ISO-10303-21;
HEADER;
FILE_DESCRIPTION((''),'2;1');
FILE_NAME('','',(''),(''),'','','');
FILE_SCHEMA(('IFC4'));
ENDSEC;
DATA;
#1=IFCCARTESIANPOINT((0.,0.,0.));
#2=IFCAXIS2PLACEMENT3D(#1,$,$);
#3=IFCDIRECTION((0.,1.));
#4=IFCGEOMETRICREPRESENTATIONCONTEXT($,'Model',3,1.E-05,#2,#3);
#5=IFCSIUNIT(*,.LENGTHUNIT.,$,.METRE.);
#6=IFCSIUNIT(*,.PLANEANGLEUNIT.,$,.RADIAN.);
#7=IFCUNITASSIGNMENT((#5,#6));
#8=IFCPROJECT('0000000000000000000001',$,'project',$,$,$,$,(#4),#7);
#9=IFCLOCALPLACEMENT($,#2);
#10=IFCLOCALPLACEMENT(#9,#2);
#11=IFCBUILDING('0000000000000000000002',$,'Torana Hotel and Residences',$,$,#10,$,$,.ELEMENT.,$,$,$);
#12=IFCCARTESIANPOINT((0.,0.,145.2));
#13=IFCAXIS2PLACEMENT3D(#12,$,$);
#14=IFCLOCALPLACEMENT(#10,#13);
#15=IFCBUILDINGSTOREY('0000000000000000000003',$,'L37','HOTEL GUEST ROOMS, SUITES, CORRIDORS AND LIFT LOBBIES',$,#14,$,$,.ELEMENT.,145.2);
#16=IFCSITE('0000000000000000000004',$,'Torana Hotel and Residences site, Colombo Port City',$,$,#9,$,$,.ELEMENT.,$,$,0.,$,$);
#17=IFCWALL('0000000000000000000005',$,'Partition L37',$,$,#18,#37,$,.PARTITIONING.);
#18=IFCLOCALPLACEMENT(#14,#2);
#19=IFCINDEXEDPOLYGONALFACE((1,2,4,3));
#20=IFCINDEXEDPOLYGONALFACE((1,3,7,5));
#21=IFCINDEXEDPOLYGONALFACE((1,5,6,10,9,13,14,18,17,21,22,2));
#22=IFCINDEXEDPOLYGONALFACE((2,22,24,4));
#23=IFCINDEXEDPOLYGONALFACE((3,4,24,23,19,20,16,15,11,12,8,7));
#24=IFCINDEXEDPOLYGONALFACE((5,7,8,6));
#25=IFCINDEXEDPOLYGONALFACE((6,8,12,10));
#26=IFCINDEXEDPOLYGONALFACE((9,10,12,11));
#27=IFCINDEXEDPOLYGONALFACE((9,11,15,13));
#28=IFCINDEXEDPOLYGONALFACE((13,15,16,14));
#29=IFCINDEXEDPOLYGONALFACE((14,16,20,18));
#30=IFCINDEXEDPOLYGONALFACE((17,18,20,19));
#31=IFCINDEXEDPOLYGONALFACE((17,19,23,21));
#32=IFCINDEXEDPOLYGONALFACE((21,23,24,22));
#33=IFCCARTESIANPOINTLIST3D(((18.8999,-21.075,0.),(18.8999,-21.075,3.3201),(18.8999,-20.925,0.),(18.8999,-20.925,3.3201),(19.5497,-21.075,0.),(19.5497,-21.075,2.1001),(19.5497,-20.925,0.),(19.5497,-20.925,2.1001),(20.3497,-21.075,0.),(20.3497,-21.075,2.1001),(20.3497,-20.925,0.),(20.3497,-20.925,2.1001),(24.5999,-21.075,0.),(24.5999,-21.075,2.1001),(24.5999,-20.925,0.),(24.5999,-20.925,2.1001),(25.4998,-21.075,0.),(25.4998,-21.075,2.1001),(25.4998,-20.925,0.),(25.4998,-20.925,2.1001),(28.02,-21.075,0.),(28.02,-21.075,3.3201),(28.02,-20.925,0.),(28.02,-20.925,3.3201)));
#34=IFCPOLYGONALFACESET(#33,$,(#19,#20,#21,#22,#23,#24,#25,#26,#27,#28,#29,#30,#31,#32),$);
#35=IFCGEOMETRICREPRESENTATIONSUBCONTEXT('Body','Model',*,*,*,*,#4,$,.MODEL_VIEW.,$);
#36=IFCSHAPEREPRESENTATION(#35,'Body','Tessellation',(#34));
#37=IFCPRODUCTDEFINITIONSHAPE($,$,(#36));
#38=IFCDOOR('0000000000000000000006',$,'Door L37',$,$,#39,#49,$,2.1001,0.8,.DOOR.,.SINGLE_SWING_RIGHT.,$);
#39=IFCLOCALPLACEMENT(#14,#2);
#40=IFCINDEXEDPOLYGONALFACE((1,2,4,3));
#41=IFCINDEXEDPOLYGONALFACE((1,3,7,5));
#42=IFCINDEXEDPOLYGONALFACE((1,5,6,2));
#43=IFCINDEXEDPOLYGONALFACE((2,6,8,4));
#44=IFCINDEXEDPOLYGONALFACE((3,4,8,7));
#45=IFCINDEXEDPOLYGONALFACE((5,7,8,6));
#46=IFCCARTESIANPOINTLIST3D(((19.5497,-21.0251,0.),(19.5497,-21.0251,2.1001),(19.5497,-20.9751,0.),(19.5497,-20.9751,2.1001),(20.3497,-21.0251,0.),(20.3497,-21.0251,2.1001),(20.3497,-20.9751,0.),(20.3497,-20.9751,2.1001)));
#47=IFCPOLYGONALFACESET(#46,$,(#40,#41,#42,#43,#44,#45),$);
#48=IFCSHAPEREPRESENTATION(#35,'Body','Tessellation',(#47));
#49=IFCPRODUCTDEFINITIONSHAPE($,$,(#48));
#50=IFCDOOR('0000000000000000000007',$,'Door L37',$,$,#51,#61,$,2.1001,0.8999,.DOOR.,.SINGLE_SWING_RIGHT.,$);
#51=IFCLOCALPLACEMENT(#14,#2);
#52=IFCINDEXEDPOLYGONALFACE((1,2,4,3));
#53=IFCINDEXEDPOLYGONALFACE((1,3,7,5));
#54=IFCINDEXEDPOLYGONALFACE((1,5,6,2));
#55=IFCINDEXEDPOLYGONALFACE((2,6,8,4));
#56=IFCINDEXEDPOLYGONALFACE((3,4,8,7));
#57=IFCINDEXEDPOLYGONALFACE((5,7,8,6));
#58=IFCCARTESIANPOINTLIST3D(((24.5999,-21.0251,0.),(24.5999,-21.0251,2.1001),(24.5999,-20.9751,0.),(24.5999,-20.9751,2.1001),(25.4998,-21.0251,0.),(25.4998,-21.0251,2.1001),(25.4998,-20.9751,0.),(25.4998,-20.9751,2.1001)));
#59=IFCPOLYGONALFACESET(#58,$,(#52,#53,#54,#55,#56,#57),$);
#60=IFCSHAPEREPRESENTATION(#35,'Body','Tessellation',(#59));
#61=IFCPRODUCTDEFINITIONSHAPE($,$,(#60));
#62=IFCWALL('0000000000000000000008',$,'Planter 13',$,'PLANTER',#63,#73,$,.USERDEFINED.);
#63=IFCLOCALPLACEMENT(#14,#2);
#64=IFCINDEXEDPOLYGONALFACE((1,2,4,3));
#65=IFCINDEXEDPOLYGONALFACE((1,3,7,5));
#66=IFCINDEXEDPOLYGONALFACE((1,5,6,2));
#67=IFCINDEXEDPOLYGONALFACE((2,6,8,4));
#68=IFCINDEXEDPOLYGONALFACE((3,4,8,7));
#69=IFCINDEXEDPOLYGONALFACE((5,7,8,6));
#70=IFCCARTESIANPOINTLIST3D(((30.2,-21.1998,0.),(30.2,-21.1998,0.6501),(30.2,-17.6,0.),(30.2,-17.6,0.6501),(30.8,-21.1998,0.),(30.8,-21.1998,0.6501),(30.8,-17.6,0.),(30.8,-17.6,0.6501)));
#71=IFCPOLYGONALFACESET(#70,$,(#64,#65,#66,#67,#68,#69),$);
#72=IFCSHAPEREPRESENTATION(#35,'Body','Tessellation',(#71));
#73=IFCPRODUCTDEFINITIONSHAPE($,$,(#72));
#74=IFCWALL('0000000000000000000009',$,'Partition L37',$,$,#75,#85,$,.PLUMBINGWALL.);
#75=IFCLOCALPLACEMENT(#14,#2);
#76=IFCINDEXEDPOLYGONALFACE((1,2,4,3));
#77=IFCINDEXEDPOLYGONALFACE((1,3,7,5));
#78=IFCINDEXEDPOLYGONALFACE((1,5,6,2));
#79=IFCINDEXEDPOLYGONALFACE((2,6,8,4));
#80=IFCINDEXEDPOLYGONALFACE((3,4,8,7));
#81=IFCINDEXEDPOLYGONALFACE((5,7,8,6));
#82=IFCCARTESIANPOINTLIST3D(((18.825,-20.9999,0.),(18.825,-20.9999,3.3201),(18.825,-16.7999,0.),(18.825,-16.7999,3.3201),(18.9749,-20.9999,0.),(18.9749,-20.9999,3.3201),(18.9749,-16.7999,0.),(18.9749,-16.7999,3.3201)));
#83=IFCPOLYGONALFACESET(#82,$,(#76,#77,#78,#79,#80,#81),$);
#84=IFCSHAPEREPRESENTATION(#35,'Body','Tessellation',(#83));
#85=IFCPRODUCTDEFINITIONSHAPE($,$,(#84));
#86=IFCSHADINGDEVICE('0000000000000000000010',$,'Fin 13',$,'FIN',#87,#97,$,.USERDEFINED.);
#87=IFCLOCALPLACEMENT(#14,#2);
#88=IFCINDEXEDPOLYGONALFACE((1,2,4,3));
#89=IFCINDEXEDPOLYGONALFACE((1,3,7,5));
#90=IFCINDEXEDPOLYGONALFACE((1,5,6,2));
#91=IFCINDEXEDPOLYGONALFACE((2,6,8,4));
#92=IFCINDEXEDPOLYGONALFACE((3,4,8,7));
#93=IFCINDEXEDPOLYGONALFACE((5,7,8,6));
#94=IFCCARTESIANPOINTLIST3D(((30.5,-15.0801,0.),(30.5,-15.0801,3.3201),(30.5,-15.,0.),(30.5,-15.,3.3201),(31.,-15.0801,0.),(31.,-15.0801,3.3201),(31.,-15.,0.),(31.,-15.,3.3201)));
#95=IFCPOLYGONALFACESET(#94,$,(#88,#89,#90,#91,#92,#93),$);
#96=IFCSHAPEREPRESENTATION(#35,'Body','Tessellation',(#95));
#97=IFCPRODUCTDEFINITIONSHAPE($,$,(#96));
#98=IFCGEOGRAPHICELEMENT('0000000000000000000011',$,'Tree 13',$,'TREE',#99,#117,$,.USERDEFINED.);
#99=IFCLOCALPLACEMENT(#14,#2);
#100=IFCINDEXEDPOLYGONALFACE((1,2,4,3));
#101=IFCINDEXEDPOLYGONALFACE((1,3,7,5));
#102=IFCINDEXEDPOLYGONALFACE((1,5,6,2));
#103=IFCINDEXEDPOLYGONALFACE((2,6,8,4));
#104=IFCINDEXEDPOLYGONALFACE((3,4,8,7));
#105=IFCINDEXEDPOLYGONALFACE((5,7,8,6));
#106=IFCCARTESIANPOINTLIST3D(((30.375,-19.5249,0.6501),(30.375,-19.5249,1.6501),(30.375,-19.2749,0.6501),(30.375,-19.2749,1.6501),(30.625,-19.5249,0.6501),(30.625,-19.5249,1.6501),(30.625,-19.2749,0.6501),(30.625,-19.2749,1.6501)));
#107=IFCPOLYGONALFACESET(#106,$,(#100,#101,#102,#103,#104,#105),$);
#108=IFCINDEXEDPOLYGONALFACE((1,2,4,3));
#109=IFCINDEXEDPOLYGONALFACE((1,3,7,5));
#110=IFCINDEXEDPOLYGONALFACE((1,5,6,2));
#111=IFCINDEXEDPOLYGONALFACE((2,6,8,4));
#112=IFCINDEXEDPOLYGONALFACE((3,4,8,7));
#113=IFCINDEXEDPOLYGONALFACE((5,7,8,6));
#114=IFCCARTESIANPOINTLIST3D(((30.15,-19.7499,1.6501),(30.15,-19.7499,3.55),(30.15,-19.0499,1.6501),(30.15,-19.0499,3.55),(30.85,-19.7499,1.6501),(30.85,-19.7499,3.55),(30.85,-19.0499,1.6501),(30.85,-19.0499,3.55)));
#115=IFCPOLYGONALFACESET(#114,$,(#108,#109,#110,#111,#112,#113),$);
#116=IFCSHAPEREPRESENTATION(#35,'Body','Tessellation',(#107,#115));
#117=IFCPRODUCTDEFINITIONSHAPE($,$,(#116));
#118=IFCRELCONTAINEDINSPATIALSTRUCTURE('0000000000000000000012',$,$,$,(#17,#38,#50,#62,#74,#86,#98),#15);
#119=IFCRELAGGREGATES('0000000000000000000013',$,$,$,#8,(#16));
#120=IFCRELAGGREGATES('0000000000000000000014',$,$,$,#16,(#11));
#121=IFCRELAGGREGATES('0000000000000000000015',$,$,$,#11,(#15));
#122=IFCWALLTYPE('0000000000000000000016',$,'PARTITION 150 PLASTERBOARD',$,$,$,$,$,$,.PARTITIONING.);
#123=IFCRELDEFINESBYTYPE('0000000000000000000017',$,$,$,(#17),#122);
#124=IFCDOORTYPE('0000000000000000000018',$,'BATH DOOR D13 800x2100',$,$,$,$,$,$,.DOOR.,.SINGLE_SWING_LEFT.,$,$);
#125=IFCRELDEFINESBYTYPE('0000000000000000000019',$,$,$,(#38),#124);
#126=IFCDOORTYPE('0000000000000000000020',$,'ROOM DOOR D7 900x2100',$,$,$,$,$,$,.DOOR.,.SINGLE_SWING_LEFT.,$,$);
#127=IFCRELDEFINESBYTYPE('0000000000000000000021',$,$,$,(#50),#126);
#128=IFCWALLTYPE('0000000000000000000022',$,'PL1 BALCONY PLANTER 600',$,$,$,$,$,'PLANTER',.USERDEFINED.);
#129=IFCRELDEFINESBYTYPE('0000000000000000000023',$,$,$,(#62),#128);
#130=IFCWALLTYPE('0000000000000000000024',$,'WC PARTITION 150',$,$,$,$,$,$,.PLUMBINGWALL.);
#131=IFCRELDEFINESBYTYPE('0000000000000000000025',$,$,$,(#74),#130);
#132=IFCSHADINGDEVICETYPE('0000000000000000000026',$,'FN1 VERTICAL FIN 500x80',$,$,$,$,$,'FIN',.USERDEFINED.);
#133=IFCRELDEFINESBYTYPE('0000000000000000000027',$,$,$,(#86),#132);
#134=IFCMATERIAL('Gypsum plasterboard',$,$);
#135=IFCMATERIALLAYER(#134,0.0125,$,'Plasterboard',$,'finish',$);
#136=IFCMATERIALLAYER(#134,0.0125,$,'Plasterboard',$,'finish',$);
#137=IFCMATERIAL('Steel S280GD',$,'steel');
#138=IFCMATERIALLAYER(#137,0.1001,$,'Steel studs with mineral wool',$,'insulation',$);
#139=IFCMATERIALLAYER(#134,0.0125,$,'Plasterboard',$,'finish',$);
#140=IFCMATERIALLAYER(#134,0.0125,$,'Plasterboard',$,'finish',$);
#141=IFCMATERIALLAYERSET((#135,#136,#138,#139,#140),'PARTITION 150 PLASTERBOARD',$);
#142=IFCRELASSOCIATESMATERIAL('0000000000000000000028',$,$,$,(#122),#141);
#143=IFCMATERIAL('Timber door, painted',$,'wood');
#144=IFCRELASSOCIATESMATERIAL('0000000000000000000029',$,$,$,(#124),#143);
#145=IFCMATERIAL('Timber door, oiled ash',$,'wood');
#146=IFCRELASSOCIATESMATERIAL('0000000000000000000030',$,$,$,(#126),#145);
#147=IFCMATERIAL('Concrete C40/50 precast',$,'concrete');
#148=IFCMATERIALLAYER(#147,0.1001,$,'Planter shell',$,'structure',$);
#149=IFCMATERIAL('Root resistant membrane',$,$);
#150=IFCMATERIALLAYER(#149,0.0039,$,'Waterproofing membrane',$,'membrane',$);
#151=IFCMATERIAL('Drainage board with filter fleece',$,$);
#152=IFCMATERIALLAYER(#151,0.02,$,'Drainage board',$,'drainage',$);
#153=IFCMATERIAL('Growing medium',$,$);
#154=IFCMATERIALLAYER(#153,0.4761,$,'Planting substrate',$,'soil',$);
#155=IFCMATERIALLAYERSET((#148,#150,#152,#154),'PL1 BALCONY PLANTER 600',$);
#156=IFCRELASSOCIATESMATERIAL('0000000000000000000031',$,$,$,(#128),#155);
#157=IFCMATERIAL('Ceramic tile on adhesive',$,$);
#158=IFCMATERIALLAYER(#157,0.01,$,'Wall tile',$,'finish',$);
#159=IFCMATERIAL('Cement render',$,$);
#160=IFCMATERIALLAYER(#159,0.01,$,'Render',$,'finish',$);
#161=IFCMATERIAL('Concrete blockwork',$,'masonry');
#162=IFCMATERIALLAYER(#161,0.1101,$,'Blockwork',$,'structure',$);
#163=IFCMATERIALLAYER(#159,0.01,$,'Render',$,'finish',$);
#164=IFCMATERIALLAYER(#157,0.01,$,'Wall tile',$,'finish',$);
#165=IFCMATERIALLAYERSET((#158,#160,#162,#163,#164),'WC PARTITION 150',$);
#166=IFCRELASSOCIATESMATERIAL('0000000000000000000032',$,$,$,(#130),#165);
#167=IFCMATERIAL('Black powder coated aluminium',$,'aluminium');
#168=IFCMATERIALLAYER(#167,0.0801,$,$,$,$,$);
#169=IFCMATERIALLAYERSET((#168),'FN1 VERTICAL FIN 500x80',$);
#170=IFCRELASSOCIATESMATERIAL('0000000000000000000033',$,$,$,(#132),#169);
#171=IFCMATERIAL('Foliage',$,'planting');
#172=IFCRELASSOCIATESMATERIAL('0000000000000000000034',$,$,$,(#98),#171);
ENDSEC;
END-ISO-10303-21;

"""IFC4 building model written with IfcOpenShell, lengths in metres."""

from ifc_helpers import new_model, si_unit, direction, frame, frame_2d, origin, origin_2d, place, context, subcontext, project, spatial, rectangle, extrude, material, layer, layer_set, type_object, element, fill, save


model = new_model("IFC4")

# Units and contexts
model_context = context("Model", 3, precision=1e-05, world=origin(), true_north=direction((0.0, 1.0)))
body_context = subcontext(model_context, "Body", "Model", "MODEL_VIEW")
ifc_project = project(units=[si_unit("LENGTHUNIT", "METRE"), si_unit("PLANEANGLEUNIT", "RADIAN")], contexts=[model_context])

# Site, building, storey
site_placement = place(None, origin())
site = spatial("IfcSite", under=ifc_project, at=site_placement, Name="Torana Hotel and Residences site, Colombo Port City", CompositionType="ELEMENT", RefElevation=0.0)
building_placement = place(site_placement, origin())
building = spatial("IfcBuilding", under=site, at=building_placement, Name="Torana Hotel and Residences", CompositionType="ELEMENT")
storey_placement = place(building_placement, frame((0.0, 0.0, 145.2)))
storey = spatial("IfcBuildingStorey", under=building, at=storey_placement, Name="L37", Description="HOTEL GUEST ROOMS, SUITES, CORRIDORS AND LIFT LOBBIES", CompositionType="ELEMENT", Elevation=145.2)

# Shared definitions
ifc_material_1 = material(Name="Concrete blockwork", Category="masonry")

# Shared definitions
ifc_material_2 = material(Name="Gypsum plasterboard")
ifc_layer_1 = layer(ifc_material_2, 0.0125, Name="Plasterboard", Category="finish")
ifc_layer_2 = layer(ifc_material_2, 0.0125, Name="Plasterboard", Category="finish")
ifc_material_3 = material(Name="Steel S280GD", Category="steel")
ifc_layer_3 = layer(ifc_material_3, 0.1001, Name="Steel studs with mineral wool", Category="insulation")
ifc_layer_4 = layer(ifc_material_2, 0.0125, Name="Plasterboard", Category="finish")
ifc_layer_5 = layer(ifc_material_2, 0.0125, Name="Plasterboard", Category="finish")
ifc_layer_set_1 = layer_set([ifc_layer_1, ifc_layer_2, ifc_layer_3, ifc_layer_4, ifc_layer_5], Name="PARTITION 150 PLASTERBOARD")
wall_type_1 = type_object("IfcWallType", Name="PARTITION 150 PLASTERBOARD", PredefinedType="PARTITIONING", material=ifc_layer_set_1)

# Wall, openings, doors
wall_1_placement = place(storey_placement, frame((18.8999, -21.0, 0.0), z_axis=(0.0, 0.0, 1.0), x_axis=(1.0, 0.0, 0.0)))
wall_1 = element("IfcWall", 1, at=wall_1_placement, inside=storey, type_object=wall_type_1, Name="Partition L37", PredefinedType="PARTITIONING", context=body_context, shape_type="SweptSolid", body=[
    extrude(rectangle(XDim=9.1201, YDim=0.1499, at=frame_2d((4.5601, 0.0))), origin(), (0.0, 0.0, 1.0), 3.3201),
])
opening_1_placement = place(wall_1_placement, frame((0.6499, 0.0, 0.0)))
opening_1 = element("IfcOpeningElement", 2, at=opening_1_placement, cuts=wall_1, PredefinedType="OPENING", context=body_context, shape_type="SweptSolid", body=[
    extrude(rectangle(XDim=0.8, YDim=2.1001, at=frame_2d((0.3999, 1.05))), frame((0.0, 0.085, 0.0), z_axis=(0.0, -1.0, 0.0), x_axis=(1.0, 0.0, 0.0)), (0.0, 0.0, 1.0), 0.1699),
])
opening_2_placement = place(wall_1_placement, frame((5.7, 0.0, 0.0)))
opening_2 = element("IfcOpeningElement", 3, at=opening_2_placement, cuts=wall_1, PredefinedType="OPENING", context=body_context, shape_type="SweptSolid", body=[
    extrude(rectangle(XDim=0.8999, YDim=2.1001, at=frame_2d((0.45, 1.05))), frame((0.0, 0.085, 0.0), z_axis=(0.0, -1.0, 0.0), x_axis=(1.0, 0.0, 0.0)), (0.0, 0.0, 1.0), 0.1699),
])
ifc_material_4 = material(Name="Timber door, painted", Category="wood")
door_type_1 = type_object("IfcDoorType", Name="BATH DOOR D13 800x2100", OperationType="SINGLE_SWING_LEFT", PredefinedType="DOOR", material=ifc_material_4)
door_1_placement = place(opening_1_placement, origin())
door_1 = element("IfcDoor", 4, at=door_1_placement, inside=storey, type_object=door_type_1, Name="Door L37", OperationType="SINGLE_SWING_RIGHT", OverallHeight=2.1001, OverallWidth=0.8, PredefinedType="DOOR", context=body_context, shape_type="SweptSolid", body=[
    extrude(rectangle(XDim=0.8, YDim=2.1001, at=frame_2d((0.3999, 1.05))), frame((0.0, 0.0249, 0.0), z_axis=(0.0, -1.0, 0.0), x_axis=(1.0, 0.0, 0.0)), (0.0, 0.0, 1.0), 0.05),
])
fill(opening_1, door_1)
ifc_material_5 = material(Name="Timber door, oiled ash", Category="wood")
door_type_2 = type_object("IfcDoorType", Name="ROOM DOOR D7 900x2100", OperationType="SINGLE_SWING_LEFT", PredefinedType="DOOR", material=ifc_material_5)
door_2_placement = place(opening_2_placement, origin())
door_2 = element("IfcDoor", 5, at=door_2_placement, inside=storey, type_object=door_type_2, Name="Door L37", OperationType="SINGLE_SWING_RIGHT", OverallHeight=2.1001, OverallWidth=0.8999, PredefinedType="DOOR", context=body_context, shape_type="SweptSolid", body=[
    extrude(rectangle(XDim=0.8999, YDim=2.1001, at=frame_2d((0.45, 1.05))), frame((0.0, 0.0249, 0.0), z_axis=(0.0, -1.0, 0.0), x_axis=(1.0, 0.0, 0.0)), (0.0, 0.0, 1.0), 0.05),
])
fill(opening_2, door_2)

# Walls
ifc_material_6 = material(Name="Concrete C40/50 precast", Category="concrete")
ifc_layer_6 = layer(ifc_material_6, 0.1001, Name="Planter shell", Category="structure")
ifc_material_7 = material(Name="Root resistant membrane")
ifc_layer_7 = layer(ifc_material_7, 0.0039, Name="Waterproofing membrane", Category="membrane")
ifc_material_8 = material(Name="Drainage board with filter fleece")
ifc_layer_8 = layer(ifc_material_8, 0.02, Name="Drainage board", Category="drainage")
ifc_material_9 = material(Name="Growing medium")
ifc_layer_9 = layer(ifc_material_9, 0.4761, Name="Planting substrate", Category="soil")
ifc_layer_set_2 = layer_set([ifc_layer_6, ifc_layer_7, ifc_layer_8, ifc_layer_9], Name="PL1 BALCONY PLANTER 600")
wall_type_2 = type_object("IfcWallType", Name="PL1 BALCONY PLANTER 600", ElementType="PLANTER", PredefinedType="USERDEFINED", material=ifc_layer_set_2)
wall_2_placement = place(storey_placement, frame((30.5, -17.6001, 0.0), z_axis=(0.0, 0.0, 1.0), x_axis=(0.0, -1.0, 0.0)))
element("IfcWall", 6, at=wall_2_placement, inside=storey, type_object=wall_type_2, Name="Planter 13", ObjectType="PLANTER", PredefinedType="USERDEFINED", context=body_context, shape_type="SweptSolid", body=[
    extrude(rectangle(XDim=3.5999, YDim=0.6001, at=frame_2d((1.7998, 0.0))), origin(), (0.0, 0.0, 1.0), 0.6501),
])
ifc_material_10 = material(Name="Ceramic tile on adhesive")
ifc_layer_10 = layer(ifc_material_10, 0.01, Name="Wall tile", Category="finish")
ifc_material_11 = material(Name="Cement render")
ifc_layer_11 = layer(ifc_material_11, 0.01, Name="Render", Category="finish")
ifc_layer_12 = layer(ifc_material_1, 0.1101, Name="Blockwork", Category="structure")
ifc_layer_13 = layer(ifc_material_11, 0.01, Name="Render", Category="finish")
ifc_layer_14 = layer(ifc_material_10, 0.01, Name="Wall tile", Category="finish")
ifc_layer_set_3 = layer_set([ifc_layer_10, ifc_layer_11, ifc_layer_12, ifc_layer_13, ifc_layer_14], Name="WC PARTITION 150")
wall_type_3 = type_object("IfcWallType", Name="WC PARTITION 150", PredefinedType="PLUMBINGWALL", material=ifc_layer_set_3)
wall_3_placement = place(storey_placement, frame((18.8999, -21.0, 0.0), z_axis=(0.0, 0.0, 1.0), x_axis=(0.0, 1.0, 0.0)))
element("IfcWall", 7, at=wall_3_placement, inside=storey, type_object=wall_type_3, Name="Partition L37", PredefinedType="PLUMBINGWALL", context=body_context, shape_type="SweptSolid", body=[
    extrude(rectangle(XDim=4.2, YDim=0.1499, at=frame_2d((2.1001, 0.0))), origin(), (0.0, 0.0, 1.0), 3.3201),
])

# Shading device
ifc_material_12 = material(Name="Black powder coated aluminium", Category="aluminium")
ifc_layer_15 = layer(ifc_material_12, 0.0801)
ifc_layer_set_4 = layer_set([ifc_layer_15], Name="FN1 VERTICAL FIN 500x80")
shading_device_type = type_object("IfcShadingDeviceType", Name="FN1 VERTICAL FIN 500x80", ElementType="FIN", PredefinedType="USERDEFINED", material=ifc_layer_set_4)
shading_device_placement = place(storey_placement, frame((30.75, -15.04, 0.0), z_axis=(0.0, 0.0, 1.0), x_axis=(0.0, -1.0, 0.0)))
element("IfcShadingDevice", 8, at=shading_device_placement, inside=storey, type_object=shading_device_type, Name="Fin 13", ObjectType="FIN", PredefinedType="USERDEFINED", context=body_context, shape_type="SweptSolid", body=[
    extrude(rectangle(XDim=0.0801, YDim=0.5, at=origin_2d()), origin(), (0.0, 0.0, 1.0), 3.3201),
])

# Geographic element
ifc_material_13 = material(Name="Foliage", Category="planting")
geographic_element_placement = place(storey_placement, frame((30.5, -19.3999, 0.6501), z_axis=(0.0, 0.0, 1.0), x_axis=(1.0, 0.0, 0.0)))
element("IfcGeographicElement", 9, at=geographic_element_placement, inside=storey, material=ifc_material_13, Name="Tree 13", ObjectType="TREE", PredefinedType="USERDEFINED", context=body_context, shape_type="SweptSolid", body=[
    extrude(rectangle(XDim=0.25, YDim=0.25, at=origin_2d()), origin(), (0.0, 0.0, 1.0), 1.0),
    extrude(rectangle(XDim=0.7, YDim=0.7, at=origin_2d()), frame((0.0, 0.0, 1.0)), (0.0, 0.0, 1.0), 1.8999),
])

save(model, "model.ifc")
